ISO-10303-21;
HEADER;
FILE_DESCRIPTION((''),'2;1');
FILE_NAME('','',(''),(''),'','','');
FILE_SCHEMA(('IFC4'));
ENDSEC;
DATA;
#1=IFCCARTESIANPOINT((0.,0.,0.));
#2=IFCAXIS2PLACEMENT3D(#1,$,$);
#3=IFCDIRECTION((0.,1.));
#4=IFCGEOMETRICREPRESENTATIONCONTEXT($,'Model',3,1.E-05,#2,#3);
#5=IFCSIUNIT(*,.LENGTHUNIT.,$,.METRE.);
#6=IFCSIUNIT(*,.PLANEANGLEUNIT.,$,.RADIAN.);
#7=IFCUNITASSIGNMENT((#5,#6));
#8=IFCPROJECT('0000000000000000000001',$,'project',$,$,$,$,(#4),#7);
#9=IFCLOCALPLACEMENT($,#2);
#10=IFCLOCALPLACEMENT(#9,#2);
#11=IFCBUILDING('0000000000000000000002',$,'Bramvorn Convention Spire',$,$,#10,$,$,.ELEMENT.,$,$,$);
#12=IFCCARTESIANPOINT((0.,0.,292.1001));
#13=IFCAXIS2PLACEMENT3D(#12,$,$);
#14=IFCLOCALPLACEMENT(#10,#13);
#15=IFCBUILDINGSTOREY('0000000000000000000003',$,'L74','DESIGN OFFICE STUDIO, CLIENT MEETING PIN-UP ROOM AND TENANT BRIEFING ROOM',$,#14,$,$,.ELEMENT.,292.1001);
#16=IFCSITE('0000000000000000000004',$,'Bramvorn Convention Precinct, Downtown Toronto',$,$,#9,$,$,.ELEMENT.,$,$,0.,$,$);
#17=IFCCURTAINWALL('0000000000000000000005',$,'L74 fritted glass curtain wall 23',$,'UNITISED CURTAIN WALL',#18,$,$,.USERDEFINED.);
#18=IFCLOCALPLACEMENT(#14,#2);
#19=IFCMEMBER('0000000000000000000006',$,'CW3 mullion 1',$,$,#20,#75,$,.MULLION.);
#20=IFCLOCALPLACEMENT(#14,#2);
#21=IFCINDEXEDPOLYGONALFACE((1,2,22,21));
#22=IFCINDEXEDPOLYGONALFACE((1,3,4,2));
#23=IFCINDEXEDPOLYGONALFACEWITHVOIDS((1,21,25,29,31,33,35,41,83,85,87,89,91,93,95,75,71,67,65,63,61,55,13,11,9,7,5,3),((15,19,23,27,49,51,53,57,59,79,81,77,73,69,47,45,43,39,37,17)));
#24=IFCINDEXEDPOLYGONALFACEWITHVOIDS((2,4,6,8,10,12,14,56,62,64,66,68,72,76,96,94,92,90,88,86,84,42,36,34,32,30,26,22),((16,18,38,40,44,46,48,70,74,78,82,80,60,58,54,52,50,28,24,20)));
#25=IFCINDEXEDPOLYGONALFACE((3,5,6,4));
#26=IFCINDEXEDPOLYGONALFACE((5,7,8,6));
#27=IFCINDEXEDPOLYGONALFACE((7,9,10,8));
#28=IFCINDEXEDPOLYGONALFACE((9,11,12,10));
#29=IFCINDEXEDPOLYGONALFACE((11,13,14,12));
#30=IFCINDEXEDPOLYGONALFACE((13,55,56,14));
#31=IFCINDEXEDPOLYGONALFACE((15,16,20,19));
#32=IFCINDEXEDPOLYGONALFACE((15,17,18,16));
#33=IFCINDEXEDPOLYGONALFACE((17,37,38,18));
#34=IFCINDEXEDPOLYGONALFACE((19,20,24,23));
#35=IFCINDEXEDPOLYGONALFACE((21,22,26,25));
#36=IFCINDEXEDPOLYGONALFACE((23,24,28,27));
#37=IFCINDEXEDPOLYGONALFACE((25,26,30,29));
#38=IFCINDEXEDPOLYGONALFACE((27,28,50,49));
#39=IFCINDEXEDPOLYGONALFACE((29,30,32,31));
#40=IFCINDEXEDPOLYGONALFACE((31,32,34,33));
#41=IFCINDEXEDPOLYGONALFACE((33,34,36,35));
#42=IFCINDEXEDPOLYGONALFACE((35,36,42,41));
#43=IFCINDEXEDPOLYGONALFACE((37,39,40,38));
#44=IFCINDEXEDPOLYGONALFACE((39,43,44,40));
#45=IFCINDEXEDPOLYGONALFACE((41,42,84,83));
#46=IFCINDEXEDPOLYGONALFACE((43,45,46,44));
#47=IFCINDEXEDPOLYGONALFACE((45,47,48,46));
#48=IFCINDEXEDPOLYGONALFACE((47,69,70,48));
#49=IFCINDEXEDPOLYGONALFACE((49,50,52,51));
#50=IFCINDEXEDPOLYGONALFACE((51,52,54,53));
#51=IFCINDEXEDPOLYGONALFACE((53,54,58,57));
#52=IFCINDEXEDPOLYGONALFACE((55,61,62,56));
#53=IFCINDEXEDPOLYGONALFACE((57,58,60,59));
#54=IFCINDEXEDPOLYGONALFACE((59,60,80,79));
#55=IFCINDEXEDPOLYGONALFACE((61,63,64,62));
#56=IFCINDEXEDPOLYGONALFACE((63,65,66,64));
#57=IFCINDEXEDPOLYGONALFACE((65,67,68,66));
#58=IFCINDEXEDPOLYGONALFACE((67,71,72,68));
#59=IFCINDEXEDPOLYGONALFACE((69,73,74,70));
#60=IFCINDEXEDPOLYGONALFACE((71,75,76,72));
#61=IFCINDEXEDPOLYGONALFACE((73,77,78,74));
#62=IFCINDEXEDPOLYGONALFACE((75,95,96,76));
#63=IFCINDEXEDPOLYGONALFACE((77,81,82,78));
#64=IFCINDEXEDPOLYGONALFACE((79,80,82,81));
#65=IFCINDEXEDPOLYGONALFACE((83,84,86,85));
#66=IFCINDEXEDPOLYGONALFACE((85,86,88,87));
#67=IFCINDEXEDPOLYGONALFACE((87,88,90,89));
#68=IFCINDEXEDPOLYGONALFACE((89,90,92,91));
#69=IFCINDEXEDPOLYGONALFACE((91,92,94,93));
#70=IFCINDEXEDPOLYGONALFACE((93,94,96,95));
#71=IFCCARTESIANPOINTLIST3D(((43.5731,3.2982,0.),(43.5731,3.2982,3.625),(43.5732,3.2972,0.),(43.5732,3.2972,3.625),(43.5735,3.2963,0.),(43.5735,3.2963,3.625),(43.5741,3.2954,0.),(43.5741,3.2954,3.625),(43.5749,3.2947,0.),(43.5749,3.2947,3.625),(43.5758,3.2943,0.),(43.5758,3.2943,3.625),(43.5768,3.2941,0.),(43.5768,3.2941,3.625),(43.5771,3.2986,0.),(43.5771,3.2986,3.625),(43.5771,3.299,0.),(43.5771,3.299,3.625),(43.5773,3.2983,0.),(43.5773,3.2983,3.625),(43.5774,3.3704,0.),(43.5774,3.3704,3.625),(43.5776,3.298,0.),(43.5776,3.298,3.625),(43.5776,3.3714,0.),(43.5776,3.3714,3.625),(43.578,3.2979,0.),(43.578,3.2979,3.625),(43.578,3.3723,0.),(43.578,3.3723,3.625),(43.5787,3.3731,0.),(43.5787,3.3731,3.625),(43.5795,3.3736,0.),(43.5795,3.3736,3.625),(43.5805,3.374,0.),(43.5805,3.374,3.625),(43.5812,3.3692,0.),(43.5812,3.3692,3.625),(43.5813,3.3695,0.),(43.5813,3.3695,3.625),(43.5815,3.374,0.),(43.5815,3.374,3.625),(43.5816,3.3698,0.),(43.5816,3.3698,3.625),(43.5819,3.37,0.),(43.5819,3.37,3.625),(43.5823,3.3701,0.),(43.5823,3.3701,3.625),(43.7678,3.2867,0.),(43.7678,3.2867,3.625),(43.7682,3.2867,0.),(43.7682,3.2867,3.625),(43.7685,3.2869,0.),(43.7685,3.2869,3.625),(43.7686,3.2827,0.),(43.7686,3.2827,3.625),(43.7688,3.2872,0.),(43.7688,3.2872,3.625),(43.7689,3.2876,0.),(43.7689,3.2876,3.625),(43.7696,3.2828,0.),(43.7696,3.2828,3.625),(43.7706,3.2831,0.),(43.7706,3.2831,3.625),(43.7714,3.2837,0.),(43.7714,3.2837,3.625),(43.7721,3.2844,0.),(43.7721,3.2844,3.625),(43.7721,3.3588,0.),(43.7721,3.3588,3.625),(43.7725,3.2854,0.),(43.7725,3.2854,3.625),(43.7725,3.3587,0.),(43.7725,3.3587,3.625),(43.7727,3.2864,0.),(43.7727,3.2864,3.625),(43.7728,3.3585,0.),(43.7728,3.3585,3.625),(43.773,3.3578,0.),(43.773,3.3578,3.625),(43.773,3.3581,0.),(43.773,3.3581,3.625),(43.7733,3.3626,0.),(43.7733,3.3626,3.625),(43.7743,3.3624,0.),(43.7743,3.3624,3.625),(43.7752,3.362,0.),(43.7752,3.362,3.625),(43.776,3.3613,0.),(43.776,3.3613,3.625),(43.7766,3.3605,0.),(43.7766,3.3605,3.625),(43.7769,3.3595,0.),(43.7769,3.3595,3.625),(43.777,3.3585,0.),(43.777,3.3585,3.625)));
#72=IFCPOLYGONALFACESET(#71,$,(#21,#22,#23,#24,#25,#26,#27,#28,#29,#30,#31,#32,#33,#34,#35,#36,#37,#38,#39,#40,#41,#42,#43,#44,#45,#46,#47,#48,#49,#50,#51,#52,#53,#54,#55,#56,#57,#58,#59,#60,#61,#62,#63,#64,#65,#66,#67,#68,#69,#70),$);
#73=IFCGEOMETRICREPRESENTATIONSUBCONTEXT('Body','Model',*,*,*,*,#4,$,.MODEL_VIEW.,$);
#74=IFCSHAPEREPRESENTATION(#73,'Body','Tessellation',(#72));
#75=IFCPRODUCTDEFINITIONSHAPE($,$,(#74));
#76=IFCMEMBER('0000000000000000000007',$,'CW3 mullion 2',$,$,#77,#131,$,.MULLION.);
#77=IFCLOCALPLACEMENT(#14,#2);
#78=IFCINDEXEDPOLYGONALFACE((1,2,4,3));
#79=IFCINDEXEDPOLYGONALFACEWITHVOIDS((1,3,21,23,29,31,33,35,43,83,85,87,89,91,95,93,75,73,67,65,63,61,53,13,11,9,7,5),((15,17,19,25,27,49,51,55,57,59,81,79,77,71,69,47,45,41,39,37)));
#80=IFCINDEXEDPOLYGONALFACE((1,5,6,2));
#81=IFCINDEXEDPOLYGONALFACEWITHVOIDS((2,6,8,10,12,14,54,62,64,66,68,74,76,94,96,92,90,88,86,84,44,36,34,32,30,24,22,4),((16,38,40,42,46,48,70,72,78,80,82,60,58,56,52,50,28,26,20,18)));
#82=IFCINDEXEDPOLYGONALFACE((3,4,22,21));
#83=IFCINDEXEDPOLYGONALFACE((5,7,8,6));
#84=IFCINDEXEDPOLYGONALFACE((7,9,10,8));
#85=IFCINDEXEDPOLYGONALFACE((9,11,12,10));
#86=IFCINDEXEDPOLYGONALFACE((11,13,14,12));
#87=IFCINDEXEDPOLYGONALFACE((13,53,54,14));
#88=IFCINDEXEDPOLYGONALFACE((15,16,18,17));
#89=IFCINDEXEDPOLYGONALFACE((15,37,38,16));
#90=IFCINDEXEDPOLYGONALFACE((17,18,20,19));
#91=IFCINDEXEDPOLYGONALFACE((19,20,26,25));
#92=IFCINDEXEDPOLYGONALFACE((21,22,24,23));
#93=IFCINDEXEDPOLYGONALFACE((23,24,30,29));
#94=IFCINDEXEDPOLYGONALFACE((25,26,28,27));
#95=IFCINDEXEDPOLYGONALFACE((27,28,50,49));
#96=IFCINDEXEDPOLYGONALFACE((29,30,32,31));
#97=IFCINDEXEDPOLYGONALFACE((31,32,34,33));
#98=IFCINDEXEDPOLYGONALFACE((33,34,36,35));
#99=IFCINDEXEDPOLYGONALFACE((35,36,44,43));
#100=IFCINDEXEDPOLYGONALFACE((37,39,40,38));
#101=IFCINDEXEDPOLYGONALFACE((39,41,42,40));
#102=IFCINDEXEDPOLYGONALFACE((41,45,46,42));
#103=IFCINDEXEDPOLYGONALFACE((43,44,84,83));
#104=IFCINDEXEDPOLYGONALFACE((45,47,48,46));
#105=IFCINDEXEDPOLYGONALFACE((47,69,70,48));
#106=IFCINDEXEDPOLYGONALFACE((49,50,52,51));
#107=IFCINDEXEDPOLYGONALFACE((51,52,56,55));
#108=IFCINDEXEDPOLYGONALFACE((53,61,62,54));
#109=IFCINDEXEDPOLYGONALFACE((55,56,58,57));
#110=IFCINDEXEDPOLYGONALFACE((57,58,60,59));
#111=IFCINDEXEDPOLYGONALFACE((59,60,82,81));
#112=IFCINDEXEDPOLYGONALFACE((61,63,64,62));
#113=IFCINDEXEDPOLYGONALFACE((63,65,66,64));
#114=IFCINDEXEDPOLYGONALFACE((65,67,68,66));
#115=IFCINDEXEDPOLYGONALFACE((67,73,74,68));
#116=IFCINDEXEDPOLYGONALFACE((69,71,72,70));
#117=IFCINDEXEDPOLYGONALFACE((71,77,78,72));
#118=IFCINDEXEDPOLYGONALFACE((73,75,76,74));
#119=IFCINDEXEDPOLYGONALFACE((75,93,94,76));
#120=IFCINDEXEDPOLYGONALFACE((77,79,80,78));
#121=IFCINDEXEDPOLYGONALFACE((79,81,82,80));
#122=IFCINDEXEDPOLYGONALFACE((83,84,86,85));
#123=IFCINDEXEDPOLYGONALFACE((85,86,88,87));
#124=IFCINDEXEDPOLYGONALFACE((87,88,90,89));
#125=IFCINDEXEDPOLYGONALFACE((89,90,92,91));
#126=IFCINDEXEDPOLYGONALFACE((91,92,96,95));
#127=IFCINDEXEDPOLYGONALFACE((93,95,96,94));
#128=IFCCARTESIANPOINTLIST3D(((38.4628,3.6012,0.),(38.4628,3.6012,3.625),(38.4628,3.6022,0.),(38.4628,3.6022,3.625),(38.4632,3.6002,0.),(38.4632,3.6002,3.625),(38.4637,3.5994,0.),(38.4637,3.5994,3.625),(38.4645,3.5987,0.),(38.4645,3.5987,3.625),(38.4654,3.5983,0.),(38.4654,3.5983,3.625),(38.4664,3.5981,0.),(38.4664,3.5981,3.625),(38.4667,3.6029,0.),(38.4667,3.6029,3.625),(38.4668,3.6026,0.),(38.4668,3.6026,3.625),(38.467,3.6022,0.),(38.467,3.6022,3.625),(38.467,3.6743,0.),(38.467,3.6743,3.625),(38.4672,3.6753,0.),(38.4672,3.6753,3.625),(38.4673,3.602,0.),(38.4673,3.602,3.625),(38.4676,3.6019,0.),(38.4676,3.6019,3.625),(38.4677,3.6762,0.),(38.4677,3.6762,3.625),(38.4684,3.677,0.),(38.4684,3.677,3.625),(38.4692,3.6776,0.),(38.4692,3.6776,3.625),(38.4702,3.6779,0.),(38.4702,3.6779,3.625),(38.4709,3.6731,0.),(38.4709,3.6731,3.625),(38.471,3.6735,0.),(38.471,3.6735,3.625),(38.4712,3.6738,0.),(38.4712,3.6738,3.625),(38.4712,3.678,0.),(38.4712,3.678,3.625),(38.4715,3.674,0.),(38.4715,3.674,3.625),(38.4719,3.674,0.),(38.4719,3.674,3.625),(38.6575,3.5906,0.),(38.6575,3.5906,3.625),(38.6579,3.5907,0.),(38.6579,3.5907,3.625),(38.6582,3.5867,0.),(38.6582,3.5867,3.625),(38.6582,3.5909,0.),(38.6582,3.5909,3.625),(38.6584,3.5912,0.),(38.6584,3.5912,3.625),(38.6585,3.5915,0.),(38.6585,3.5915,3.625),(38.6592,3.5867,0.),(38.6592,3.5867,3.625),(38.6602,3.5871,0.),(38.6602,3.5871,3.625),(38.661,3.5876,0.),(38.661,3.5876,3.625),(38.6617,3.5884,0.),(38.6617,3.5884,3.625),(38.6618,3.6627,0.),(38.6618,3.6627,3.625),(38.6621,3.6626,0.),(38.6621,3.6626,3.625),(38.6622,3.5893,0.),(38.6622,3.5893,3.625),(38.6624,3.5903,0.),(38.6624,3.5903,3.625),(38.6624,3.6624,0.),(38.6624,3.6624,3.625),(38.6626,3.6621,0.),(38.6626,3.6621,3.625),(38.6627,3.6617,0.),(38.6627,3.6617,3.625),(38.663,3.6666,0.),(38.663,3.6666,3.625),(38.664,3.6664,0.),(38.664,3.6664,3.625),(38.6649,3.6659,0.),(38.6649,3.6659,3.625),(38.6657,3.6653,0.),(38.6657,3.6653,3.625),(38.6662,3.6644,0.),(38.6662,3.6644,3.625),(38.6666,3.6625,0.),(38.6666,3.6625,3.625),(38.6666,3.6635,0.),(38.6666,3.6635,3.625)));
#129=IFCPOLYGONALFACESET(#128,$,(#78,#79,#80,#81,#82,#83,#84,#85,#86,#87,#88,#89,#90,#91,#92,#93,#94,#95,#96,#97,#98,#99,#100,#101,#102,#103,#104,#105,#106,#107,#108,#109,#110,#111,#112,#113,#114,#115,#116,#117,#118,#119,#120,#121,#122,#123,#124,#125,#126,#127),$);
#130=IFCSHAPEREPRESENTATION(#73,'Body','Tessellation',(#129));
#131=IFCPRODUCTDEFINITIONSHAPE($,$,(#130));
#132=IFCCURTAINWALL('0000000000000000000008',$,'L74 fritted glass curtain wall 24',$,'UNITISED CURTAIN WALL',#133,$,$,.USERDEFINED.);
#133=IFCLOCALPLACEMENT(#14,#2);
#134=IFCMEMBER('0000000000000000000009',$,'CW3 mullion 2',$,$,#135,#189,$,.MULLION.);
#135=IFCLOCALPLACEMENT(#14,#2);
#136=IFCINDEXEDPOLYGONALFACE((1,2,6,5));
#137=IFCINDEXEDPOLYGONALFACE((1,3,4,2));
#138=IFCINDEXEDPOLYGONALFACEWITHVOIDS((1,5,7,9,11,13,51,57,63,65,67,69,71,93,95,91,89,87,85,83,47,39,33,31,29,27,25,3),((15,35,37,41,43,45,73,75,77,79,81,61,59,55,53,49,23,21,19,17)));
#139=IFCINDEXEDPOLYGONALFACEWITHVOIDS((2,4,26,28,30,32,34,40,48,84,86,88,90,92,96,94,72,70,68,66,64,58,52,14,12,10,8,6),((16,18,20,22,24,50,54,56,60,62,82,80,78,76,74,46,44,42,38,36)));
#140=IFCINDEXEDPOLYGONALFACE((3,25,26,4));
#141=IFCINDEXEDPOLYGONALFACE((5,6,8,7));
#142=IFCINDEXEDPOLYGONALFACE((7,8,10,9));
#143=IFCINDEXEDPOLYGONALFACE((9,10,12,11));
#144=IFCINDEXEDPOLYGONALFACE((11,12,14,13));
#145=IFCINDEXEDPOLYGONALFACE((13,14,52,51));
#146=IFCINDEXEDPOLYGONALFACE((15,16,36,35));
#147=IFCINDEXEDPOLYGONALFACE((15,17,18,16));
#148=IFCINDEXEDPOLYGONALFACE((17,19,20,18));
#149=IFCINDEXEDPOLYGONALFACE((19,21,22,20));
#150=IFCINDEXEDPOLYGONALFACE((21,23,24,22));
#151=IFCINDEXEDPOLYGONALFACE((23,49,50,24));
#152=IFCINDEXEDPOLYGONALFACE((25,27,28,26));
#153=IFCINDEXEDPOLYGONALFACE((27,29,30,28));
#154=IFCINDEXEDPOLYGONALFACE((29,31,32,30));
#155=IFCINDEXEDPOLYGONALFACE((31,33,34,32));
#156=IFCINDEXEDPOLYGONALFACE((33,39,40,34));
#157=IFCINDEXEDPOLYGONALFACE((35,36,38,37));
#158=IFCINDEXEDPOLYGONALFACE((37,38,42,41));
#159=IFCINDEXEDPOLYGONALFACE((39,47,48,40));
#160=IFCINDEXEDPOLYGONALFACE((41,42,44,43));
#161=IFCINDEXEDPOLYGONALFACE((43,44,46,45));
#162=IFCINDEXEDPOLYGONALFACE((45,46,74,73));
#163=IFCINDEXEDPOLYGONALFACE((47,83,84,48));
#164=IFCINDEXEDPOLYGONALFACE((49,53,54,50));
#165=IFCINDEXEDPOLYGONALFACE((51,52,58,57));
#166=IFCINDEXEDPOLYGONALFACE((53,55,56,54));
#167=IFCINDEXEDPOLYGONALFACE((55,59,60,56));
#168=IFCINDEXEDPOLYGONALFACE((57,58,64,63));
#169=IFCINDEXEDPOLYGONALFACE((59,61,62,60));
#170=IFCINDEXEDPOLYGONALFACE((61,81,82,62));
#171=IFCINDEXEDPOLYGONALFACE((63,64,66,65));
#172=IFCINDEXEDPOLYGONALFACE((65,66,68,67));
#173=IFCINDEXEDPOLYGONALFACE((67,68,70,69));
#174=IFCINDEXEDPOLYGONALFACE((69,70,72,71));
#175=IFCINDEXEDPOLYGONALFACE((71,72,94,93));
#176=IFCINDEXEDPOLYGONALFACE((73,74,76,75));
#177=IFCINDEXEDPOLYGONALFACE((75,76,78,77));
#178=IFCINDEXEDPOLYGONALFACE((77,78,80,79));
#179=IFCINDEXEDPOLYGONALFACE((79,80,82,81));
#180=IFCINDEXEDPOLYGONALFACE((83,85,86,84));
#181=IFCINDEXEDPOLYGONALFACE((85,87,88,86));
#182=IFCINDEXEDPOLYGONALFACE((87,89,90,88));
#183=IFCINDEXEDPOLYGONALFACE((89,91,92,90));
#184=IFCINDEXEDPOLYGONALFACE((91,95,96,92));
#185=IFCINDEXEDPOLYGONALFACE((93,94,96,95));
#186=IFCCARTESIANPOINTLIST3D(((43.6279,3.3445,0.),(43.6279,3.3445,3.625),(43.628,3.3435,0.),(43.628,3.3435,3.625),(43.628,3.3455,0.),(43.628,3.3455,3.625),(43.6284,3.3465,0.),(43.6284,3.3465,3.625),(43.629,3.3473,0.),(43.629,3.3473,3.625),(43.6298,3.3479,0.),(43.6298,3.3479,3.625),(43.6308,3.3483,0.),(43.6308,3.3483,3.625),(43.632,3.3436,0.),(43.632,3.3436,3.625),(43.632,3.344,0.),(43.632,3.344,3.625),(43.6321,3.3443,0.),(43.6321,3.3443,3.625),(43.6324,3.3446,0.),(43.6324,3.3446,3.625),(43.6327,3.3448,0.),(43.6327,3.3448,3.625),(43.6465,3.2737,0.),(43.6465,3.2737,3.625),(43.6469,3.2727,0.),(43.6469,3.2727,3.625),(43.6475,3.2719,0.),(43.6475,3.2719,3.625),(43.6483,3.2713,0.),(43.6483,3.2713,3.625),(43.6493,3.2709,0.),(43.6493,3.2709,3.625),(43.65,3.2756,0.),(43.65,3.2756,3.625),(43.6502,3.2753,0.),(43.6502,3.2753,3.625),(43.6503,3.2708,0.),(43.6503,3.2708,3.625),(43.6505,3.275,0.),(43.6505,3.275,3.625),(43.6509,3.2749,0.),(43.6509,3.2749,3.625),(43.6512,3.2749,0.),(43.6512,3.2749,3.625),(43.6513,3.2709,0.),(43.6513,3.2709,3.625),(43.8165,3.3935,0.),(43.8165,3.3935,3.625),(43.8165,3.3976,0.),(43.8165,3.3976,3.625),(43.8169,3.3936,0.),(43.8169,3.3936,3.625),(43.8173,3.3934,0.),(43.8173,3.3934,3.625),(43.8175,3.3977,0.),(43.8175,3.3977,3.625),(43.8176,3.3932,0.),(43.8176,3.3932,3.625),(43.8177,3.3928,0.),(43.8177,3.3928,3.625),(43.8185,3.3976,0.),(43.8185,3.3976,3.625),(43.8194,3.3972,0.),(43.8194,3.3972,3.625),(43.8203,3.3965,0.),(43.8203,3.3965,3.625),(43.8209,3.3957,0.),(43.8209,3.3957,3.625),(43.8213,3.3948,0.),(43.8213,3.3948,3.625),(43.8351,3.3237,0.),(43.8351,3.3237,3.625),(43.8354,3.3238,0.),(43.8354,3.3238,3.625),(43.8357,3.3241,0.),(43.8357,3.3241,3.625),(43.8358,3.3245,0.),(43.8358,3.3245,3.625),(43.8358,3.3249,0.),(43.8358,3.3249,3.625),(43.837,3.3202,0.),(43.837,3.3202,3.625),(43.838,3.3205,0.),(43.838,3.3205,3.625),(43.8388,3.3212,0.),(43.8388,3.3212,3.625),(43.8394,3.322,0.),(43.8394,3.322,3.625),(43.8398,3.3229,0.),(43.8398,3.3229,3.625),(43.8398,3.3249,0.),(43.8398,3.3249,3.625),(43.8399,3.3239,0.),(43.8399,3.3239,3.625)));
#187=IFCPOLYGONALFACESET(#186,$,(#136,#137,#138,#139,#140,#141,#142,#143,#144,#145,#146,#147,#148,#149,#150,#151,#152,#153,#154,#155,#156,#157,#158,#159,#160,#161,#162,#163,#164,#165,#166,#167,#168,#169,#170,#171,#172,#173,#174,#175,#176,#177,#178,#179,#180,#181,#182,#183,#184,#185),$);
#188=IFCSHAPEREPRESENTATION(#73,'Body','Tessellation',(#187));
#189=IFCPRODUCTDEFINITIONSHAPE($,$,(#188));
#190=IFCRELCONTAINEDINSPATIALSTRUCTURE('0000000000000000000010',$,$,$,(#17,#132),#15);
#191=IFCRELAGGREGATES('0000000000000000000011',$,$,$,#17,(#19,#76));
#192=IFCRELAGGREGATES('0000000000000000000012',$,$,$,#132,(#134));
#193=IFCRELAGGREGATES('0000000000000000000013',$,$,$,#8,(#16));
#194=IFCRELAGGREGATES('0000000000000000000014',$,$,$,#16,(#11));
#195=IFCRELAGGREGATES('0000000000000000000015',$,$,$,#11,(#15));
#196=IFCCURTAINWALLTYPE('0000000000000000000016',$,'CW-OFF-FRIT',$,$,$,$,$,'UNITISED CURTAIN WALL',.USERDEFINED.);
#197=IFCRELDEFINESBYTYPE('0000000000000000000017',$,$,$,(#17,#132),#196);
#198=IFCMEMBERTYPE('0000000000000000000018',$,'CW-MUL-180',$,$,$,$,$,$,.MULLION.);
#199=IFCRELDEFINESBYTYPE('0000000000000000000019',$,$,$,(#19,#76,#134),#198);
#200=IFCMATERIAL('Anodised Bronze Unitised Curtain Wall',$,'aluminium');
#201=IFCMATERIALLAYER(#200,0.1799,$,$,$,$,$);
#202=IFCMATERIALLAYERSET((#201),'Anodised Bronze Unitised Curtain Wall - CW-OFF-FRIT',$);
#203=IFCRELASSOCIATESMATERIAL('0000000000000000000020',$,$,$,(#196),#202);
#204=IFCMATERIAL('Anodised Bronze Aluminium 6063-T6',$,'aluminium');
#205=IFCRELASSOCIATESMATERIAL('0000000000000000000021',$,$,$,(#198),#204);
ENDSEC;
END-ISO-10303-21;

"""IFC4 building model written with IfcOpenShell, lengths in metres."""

from ifc_helpers import new_model, si_unit, direction, frame, origin, origin_2d, place, context, subcontext, project, spatial, hollow_rectangle, extrude, material, layer, layer_set, material_profile, profile_set, type_object, element, aggregate, save


model = new_model("IFC4")

# Units and contexts
model_context = context("Model", 3, precision=1e-05, world=origin(), true_north=direction((0.0, 1.0)))
body_context = subcontext(model_context, "Body", "Model", "MODEL_VIEW")
ifc_project = project(units=[si_unit("LENGTHUNIT", "METRE"), si_unit("PLANEANGLEUNIT", "RADIAN")], contexts=[model_context])

# Site, building, storey
site_placement = place(None, origin())
site = spatial("IfcSite", under=ifc_project, at=site_placement, Name="Bramvorn Convention Precinct, Downtown Toronto", CompositionType="ELEMENT", RefElevation=0.0)
building_placement = place(site_placement, origin())
building = spatial("IfcBuilding", under=site, at=building_placement, Name="Bramvorn Convention Spire", CompositionType="ELEMENT")
storey_placement = place(building_placement, frame((0.0, 0.0, 292.1001)))
storey = spatial("IfcBuildingStorey", under=building, at=storey_placement, Name="L74", Description="DESIGN OFFICE STUDIO, CLIENT MEETING PIN-UP ROOM AND TENANT BRIEFING ROOM", CompositionType="ELEMENT", Elevation=292.1001)

# Curtain wall, members
ifc_material_1 = material(Name="Anodised Bronze Unitised Curtain Wall", Category="aluminium")
ifc_layer_1 = layer(ifc_material_1, 0.1799)
ifc_layer_set_1 = layer_set([ifc_layer_1], Name="Anodised Bronze Unitised Curtain Wall - CW-OFF-FRIT")
curtain_wall_type = type_object("IfcCurtainWallType", Name="CW-OFF-FRIT", ElementType="UNITISED CURTAIN WALL", PredefinedType="USERDEFINED", material=ifc_layer_set_1)
curtain_wall_1_placement = place(storey_placement, origin())
curtain_wall_1 = element("IfcCurtainWall", 1, at=curtain_wall_1_placement, inside=storey, type_object=curtain_wall_type, Name="L74 fritted glass curtain wall 23", ObjectType="UNITISED CURTAIN WALL", PredefinedType="USERDEFINED")
ifc_material_2 = material(Name="Anodised Bronze Aluminium 6063-T6", Category="aluminium")
ifc_material_profile_1 = material_profile(ifc_material_2, hollow_rectangle(XDim=0.0801, YDim=0.2, WallThickness=0.0039, InnerFilletRadius=0.001, OuterFilletRadius=0.0039, at=origin_2d()))
ifc_profile_set_1 = profile_set([ifc_material_profile_1], Name="Anodised Bronze Aluminium 6063-T6 - CWM80X200")
member_type_1 = type_object("IfcMemberType", Name="CW-MUL-180", PredefinedType="MULLION", material=ifc_profile_set_1)
member_1_placement = place(storey_placement, frame((43.675, 3.3284, 0.0), z_axis=(0.0, 0.0, 1.0), x_axis=(-0.059391, -0.998235, 0.0)))
member_1 = element("IfcMember", 2, at=member_1_placement, type_object=member_type_1, Name="CW3 mullion 1", PredefinedType="MULLION", context=body_context, shape_type="SweptSolid", body=[
    extrude(hollow_rectangle(XDim=0.0801, YDim=0.2, WallThickness=0.0039, InnerFilletRadius=0.001, OuterFilletRadius=0.0039, at=origin_2d()), origin(), (0.0, 0.0, 1.0), 3.625),
])
member_2_placement = place(storey_placement, frame((38.5647, 3.6323, 0.0), z_axis=(0.0, 0.0, 1.0), x_axis=(-0.059391, -0.998235, 0.0)))
member_2 = element("IfcMember", 3, at=member_2_placement, type_object=member_type_1, Name="CW3 mullion 2", PredefinedType="MULLION", context=body_context, shape_type="SweptSolid", body=[
    extrude(hollow_rectangle(XDim=0.0801, YDim=0.2, WallThickness=0.0039, InnerFilletRadius=0.001, OuterFilletRadius=0.0039, at=origin_2d()), origin(), (0.0, 0.0, 1.0), 3.625),
])

# Curtain wall, member
curtain_wall_2_placement = place(storey_placement, origin())
curtain_wall_2 = element("IfcCurtainWall", 4, at=curtain_wall_2_placement, inside=storey, type_object=curtain_wall_type, Name="L74 fritted glass curtain wall 24", ObjectType="UNITISED CURTAIN WALL", PredefinedType="USERDEFINED")
member_3_placement = place(storey_placement, frame((43.7339, 3.3342, 0.0), z_axis=(0.0, 0.0, 1.0), x_axis=(0.256354, -0.966583, 0.0)))
member_3 = element("IfcMember", 5, at=member_3_placement, type_object=member_type_1, Name="CW3 mullion 2", PredefinedType="MULLION", context=body_context, shape_type="SweptSolid", body=[
    extrude(hollow_rectangle(XDim=0.0801, YDim=0.2, WallThickness=0.0039, InnerFilletRadius=0.001, OuterFilletRadius=0.0039, at=origin_2d()), origin(), (0.0, 0.0, 1.0), 3.625),
])

aggregate(curtain_wall_1, [member_1, member_2])
aggregate(curtain_wall_2, [member_3])

save(model, "model.ifc")
